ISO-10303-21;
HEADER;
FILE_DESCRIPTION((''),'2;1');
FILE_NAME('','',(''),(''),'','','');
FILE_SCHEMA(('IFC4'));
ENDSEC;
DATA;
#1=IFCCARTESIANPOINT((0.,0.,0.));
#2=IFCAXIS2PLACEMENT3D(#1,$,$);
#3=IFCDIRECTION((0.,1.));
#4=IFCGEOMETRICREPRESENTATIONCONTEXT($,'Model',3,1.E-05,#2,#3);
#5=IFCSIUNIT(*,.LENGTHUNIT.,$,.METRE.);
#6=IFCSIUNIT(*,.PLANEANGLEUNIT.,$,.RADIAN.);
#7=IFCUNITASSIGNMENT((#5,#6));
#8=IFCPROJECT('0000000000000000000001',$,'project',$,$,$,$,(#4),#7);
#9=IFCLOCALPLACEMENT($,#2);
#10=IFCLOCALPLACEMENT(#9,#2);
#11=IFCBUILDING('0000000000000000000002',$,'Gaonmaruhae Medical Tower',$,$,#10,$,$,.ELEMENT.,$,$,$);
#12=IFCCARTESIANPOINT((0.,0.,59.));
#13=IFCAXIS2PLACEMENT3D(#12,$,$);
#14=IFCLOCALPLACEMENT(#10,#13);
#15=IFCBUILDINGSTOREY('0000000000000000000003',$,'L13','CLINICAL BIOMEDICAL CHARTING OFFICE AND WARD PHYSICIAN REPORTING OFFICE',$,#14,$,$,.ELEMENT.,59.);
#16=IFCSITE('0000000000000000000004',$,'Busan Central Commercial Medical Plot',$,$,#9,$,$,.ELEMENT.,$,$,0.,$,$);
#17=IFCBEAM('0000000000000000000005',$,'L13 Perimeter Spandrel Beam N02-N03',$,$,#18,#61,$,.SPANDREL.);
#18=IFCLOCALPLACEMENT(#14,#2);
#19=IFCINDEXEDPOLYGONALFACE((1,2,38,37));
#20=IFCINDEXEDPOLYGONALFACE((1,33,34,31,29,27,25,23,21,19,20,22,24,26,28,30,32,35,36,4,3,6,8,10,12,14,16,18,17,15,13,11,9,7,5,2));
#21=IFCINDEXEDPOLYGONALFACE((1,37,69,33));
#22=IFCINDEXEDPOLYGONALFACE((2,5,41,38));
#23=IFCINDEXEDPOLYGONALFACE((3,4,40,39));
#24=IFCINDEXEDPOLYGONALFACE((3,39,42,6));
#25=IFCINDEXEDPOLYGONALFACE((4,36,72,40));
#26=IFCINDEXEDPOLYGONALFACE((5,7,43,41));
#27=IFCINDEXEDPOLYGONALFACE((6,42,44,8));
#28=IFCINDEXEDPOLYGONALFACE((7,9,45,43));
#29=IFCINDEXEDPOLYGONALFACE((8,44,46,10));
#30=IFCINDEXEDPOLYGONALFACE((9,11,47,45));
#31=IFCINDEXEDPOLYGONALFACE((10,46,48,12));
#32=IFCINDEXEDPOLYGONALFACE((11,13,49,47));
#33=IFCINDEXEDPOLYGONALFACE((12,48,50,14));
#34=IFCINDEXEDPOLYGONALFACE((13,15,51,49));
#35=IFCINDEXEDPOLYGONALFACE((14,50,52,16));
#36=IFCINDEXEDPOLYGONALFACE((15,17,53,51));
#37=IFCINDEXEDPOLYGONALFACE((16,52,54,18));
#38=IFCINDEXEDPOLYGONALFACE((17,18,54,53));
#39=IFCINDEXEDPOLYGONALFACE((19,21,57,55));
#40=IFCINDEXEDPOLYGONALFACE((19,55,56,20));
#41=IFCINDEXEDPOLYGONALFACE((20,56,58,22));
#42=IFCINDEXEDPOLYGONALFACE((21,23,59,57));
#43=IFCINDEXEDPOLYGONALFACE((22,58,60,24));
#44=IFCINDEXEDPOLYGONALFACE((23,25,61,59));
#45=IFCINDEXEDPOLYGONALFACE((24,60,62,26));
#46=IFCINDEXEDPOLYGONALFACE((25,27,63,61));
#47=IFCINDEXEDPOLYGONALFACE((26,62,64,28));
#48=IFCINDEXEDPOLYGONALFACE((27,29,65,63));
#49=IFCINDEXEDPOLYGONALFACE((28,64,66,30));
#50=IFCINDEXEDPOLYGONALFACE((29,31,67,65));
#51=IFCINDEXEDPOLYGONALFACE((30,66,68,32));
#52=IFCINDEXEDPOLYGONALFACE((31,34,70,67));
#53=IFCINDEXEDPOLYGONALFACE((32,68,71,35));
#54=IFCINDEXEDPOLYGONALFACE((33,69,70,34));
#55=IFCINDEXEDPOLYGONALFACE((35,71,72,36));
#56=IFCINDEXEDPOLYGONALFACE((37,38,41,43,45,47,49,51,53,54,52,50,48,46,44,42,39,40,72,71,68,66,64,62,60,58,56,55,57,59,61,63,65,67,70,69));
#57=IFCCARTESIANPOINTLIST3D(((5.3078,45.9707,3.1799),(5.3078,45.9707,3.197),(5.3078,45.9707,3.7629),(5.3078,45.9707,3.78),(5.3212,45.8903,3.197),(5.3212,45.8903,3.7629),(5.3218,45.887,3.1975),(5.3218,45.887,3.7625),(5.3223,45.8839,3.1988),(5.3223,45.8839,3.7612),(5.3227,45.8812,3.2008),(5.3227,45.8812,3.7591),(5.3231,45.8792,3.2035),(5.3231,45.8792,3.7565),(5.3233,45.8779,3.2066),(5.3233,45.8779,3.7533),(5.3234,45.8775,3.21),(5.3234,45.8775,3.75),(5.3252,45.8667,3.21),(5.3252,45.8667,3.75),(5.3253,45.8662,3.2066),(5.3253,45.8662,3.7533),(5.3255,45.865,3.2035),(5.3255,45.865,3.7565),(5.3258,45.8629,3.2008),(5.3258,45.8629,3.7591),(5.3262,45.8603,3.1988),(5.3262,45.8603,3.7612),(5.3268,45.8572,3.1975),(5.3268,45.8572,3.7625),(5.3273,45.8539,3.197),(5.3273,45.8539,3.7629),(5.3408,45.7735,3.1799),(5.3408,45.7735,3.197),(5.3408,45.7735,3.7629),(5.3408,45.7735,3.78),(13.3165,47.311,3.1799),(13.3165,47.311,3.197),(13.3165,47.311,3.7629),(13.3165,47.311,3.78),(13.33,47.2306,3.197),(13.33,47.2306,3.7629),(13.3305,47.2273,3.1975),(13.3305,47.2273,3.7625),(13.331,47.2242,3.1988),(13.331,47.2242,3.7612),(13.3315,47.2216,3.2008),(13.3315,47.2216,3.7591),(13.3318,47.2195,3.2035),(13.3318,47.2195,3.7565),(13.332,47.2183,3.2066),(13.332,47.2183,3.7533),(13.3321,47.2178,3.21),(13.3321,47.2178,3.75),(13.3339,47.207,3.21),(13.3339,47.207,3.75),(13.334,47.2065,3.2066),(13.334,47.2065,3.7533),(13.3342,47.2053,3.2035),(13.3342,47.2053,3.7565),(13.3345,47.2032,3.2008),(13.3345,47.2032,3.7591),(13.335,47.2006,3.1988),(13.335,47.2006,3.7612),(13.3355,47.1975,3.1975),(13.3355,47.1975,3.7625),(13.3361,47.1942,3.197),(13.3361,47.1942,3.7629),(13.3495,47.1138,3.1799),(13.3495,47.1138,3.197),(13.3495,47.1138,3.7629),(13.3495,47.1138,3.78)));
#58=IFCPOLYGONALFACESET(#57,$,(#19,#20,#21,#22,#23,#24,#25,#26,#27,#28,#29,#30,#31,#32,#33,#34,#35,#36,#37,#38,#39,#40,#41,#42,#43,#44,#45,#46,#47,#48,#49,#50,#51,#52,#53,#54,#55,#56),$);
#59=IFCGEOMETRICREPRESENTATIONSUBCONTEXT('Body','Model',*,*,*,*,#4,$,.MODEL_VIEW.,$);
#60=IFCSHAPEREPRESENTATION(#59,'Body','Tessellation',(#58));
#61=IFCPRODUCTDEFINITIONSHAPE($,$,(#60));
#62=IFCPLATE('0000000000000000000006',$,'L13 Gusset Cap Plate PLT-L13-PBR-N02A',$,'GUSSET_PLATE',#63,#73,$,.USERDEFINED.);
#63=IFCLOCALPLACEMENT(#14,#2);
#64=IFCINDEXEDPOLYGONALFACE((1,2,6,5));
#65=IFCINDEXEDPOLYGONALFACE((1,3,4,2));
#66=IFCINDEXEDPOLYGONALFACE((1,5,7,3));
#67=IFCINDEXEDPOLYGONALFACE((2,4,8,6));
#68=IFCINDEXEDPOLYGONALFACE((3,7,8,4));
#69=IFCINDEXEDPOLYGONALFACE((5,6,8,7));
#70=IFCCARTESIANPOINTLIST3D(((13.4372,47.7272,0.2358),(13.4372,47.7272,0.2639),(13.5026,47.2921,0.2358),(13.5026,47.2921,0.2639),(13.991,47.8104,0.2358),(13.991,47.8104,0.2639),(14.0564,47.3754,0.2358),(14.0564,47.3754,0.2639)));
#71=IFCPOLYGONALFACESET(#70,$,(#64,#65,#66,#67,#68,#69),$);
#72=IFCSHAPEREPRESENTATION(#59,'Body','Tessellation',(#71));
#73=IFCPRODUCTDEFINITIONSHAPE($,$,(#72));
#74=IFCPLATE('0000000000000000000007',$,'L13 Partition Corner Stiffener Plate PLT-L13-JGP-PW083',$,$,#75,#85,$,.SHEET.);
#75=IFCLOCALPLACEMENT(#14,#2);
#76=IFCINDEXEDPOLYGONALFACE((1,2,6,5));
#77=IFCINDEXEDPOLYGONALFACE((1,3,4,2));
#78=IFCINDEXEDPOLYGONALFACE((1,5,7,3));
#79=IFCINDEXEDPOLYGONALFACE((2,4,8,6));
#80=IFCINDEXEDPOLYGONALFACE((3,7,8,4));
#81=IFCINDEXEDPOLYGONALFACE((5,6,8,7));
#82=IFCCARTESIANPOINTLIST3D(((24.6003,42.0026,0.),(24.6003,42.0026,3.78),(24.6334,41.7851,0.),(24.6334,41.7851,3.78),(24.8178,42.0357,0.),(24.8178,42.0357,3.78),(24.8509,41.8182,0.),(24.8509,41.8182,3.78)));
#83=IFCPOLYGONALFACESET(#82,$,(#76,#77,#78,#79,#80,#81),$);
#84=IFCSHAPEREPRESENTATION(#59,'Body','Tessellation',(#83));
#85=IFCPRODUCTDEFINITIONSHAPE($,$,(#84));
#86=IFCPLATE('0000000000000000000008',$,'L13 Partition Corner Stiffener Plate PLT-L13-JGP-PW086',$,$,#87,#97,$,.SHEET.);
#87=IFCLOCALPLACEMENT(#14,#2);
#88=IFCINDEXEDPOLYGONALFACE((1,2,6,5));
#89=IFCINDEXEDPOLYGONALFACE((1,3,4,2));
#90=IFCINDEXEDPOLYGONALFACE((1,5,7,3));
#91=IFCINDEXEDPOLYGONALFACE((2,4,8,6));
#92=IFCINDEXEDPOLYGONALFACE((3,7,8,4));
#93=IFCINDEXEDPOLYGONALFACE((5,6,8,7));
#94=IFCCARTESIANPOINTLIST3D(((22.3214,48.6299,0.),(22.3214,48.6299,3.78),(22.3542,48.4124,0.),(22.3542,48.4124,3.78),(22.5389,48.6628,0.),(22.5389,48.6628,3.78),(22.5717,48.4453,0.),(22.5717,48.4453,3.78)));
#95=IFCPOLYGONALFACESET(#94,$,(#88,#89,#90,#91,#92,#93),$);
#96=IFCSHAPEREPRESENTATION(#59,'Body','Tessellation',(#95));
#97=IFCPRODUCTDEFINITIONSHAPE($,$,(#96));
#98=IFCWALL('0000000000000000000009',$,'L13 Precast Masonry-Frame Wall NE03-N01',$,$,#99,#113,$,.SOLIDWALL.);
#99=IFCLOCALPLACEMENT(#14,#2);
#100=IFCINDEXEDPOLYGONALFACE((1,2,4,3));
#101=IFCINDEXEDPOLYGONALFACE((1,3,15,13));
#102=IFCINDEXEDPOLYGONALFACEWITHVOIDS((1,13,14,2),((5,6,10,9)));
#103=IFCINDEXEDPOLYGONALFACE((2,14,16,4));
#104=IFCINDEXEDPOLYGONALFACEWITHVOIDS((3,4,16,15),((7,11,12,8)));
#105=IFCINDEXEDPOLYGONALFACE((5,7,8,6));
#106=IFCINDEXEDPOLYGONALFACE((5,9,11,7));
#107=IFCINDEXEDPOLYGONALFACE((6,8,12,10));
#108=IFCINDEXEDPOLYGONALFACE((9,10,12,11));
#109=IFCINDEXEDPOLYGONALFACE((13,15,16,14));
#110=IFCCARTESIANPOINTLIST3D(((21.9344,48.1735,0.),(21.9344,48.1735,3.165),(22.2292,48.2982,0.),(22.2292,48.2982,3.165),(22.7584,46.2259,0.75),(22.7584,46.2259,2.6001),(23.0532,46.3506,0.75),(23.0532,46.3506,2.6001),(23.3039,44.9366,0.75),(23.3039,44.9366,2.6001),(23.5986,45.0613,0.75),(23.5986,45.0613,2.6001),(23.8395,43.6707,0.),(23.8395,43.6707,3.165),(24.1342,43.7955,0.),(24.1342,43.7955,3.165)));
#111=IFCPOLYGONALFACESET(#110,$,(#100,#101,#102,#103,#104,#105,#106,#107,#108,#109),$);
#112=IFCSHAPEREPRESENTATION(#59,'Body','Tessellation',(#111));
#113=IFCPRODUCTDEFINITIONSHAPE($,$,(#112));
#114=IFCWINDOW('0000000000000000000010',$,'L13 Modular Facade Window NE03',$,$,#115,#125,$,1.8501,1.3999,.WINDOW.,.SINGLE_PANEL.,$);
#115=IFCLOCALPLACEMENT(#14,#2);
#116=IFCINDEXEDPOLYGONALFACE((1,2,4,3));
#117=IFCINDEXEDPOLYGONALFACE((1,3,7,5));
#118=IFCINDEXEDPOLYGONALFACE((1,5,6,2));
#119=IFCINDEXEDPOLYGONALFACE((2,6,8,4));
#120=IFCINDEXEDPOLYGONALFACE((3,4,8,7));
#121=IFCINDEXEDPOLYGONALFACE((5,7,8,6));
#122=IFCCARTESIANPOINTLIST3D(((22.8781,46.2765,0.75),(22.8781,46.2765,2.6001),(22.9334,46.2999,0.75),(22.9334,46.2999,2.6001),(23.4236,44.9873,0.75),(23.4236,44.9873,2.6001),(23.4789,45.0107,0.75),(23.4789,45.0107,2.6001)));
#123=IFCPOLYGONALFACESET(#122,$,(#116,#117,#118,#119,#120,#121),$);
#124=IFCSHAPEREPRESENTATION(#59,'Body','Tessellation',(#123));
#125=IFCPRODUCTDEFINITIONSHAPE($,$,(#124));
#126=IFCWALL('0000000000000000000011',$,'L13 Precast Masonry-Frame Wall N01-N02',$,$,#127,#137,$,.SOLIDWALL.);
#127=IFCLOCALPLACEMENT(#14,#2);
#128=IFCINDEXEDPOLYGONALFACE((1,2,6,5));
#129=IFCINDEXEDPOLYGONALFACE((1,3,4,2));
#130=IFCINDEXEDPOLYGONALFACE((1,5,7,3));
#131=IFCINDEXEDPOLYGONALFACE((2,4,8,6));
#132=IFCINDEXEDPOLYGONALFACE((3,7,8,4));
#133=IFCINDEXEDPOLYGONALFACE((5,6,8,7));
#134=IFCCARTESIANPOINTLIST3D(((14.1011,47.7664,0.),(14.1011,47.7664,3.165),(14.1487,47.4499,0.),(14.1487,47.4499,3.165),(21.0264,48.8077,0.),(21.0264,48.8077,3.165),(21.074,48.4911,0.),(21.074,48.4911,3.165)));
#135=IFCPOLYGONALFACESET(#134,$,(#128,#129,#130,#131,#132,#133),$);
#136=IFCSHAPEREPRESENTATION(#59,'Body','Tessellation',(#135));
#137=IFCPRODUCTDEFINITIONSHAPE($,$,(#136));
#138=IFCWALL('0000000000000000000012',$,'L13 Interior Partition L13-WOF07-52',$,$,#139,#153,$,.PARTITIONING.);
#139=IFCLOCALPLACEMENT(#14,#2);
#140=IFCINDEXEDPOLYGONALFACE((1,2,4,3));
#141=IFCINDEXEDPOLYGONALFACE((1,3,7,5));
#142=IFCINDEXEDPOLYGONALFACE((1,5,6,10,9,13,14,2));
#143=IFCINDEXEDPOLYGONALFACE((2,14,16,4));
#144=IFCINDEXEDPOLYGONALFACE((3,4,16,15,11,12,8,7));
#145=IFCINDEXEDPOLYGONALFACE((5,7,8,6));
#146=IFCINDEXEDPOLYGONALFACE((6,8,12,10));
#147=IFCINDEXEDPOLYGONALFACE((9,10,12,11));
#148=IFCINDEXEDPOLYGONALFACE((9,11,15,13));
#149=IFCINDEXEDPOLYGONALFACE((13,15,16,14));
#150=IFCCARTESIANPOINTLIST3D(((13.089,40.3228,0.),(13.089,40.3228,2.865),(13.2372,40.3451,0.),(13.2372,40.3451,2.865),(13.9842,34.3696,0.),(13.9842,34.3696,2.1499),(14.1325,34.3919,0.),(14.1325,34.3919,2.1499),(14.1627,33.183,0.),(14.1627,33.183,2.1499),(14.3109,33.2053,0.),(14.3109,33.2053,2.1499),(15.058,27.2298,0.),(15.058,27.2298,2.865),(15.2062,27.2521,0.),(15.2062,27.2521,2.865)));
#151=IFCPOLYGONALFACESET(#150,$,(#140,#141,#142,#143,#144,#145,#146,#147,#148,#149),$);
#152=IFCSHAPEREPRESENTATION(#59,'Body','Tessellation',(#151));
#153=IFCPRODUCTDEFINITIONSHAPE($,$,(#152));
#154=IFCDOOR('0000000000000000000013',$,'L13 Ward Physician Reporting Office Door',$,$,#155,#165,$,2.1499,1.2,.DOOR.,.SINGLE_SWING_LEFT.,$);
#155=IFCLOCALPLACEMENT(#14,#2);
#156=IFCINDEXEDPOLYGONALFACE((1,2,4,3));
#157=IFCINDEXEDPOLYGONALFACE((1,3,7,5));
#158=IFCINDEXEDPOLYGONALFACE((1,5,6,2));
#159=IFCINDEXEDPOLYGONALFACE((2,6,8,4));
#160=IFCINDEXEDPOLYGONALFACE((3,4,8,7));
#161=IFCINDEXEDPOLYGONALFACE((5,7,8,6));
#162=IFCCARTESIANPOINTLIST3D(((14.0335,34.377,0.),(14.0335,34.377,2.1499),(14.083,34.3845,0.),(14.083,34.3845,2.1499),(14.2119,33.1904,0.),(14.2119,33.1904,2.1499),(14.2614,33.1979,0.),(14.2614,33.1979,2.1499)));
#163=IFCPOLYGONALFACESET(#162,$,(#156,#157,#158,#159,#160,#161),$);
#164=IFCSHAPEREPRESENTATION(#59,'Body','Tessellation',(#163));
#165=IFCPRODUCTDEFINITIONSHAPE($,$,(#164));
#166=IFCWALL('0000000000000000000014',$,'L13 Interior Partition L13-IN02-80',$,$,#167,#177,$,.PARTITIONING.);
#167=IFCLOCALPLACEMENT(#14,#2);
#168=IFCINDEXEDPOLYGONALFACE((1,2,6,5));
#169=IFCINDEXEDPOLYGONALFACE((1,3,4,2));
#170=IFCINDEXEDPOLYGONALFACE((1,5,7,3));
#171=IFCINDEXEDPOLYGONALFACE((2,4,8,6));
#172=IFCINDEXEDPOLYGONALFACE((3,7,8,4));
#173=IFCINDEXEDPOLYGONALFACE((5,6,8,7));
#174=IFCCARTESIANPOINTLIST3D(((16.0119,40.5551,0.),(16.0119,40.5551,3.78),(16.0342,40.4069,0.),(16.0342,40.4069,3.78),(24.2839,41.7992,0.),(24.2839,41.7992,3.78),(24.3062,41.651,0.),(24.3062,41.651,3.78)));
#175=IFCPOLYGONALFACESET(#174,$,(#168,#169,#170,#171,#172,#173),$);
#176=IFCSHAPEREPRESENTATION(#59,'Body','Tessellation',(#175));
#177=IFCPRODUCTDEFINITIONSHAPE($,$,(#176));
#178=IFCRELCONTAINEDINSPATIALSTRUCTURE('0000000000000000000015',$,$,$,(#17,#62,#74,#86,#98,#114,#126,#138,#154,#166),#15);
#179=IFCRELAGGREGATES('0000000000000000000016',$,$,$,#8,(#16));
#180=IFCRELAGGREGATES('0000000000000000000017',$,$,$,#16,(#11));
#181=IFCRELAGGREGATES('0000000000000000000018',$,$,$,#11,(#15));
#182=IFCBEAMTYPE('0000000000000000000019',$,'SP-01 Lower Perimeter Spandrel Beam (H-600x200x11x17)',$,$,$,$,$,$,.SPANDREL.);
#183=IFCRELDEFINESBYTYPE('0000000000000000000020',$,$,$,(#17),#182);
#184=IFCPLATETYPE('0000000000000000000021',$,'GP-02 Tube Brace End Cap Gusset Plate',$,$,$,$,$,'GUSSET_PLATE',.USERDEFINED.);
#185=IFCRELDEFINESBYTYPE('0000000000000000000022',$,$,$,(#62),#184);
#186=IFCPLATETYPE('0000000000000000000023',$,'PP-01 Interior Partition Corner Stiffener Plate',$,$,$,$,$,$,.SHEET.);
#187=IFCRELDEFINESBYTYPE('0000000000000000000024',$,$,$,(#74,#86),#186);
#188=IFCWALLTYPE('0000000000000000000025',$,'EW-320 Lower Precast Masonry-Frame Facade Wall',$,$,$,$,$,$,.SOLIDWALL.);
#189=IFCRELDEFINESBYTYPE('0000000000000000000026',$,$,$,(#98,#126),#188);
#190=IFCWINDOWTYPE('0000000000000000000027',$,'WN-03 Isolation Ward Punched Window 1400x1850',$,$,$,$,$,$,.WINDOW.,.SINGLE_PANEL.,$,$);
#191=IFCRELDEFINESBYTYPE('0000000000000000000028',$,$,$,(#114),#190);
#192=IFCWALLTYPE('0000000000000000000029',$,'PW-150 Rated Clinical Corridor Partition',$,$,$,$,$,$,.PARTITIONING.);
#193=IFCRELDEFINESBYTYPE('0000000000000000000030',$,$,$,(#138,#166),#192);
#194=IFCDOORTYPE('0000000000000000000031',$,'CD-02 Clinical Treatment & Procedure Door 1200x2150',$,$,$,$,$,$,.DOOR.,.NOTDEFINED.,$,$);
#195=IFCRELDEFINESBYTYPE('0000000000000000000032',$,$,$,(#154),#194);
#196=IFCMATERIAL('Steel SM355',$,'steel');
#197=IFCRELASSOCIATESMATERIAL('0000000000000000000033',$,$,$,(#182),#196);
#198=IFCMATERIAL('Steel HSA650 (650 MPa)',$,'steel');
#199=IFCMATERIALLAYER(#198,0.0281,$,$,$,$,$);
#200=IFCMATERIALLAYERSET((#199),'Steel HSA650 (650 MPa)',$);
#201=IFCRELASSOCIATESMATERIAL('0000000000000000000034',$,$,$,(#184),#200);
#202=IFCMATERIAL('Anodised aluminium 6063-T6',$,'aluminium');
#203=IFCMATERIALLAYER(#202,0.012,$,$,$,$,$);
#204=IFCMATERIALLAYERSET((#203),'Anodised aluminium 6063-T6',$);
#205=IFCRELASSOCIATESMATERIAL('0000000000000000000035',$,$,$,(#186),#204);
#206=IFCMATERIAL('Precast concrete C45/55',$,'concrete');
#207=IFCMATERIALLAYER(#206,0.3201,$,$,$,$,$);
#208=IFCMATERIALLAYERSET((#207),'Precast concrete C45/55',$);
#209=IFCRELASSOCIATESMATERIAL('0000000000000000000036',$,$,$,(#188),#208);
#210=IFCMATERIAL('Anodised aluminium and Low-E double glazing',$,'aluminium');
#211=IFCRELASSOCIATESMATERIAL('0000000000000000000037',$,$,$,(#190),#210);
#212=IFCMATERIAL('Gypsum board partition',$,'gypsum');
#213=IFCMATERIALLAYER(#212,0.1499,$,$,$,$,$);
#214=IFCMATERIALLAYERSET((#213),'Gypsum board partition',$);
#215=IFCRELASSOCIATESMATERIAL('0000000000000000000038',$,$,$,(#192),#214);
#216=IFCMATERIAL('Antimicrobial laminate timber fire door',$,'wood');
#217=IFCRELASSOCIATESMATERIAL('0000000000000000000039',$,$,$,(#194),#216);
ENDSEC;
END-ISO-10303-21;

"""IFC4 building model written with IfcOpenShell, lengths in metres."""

from ifc_helpers import new_model, si_unit, direction, frame, frame_2d, origin, origin_2d, place, context, subcontext, project, spatial, rectangle, i_section, extrude, material, layer, layer_set, material_profile, profile_set, type_object, element, fill, save


model = new_model("IFC4")

# Units and contexts
model_context = context("Model", 3, precision=1e-05, world=origin(), true_north=direction((0.0, 1.0)))
body_context = subcontext(model_context, "Body", "Model", "MODEL_VIEW")
ifc_project = project(units=[si_unit("LENGTHUNIT", "METRE"), si_unit("PLANEANGLEUNIT", "RADIAN")], contexts=[model_context])

# Site, building, storey
site_placement = place(None, origin())
site = spatial("IfcSite", under=ifc_project, at=site_placement, Name="Busan Central Commercial Medical Plot", CompositionType="ELEMENT", RefElevation=0.0)
building_placement = place(site_placement, origin())
building = spatial("IfcBuilding", under=site, at=building_placement, Name="Gaonmaruhae Medical Tower", CompositionType="ELEMENT")
storey_placement = place(building_placement, frame((0.0, 0.0, 59.0)))
storey = spatial("IfcBuildingStorey", under=building, at=storey_placement, Name="L13", Description="CLINICAL BIOMEDICAL CHARTING OFFICE AND WARD PHYSICIAN REPORTING OFFICE", CompositionType="ELEMENT", Elevation=59.0)

# Beam
ifc_material_1 = material(Name="Steel SM355", Category="steel")
ifc_material_profile_1 = material_profile(ifc_material_1, i_section(OverallWidth=0.2, OverallDepth=0.6001, WebThickness=0.011, FlangeThickness=0.0171, FilletRadius=0.0129, at=origin_2d()), Name="H-600x200x11x17")
ifc_profile_set_1 = profile_set([ifc_material_profile_1], Name="Steel SM355")
beam_type = type_object("IfcBeamType", Name="SP-01 Lower Perimeter Spandrel Beam (H-600x200x11x17)", PredefinedType="SPANDREL", material=ifc_profile_set_1)
beam_1_placement = place(storey_placement, frame((13.333, 47.2124, 3.48), z_axis=(-0.986283, -0.165062, 0.0), x_axis=(0.165062, -0.986283, 0.0)))
element("IfcBeam", 1, at=beam_1_placement, inside=storey, type_object=beam_type, Name="L13 Perimeter Spandrel Beam N02-N03", PredefinedType="SPANDREL", context=body_context, shape_type="SweptSolid", body=[
    extrude(i_section(OverallWidth=0.2, OverallDepth=0.6001, WebThickness=0.011, FlangeThickness=0.0171, FilletRadius=0.0129, at=origin_2d()), origin(), (0.0, 0.0, 1.0), 8.1201),
])

# Plates
ifc_material_2 = material(Name="Steel HSA650 (650 MPa)", Category="steel")
ifc_layer_1 = layer(ifc_material_2, 0.0281)
ifc_layer_set_1 = layer_set([ifc_layer_1], Name="Steel HSA650 (650 MPa)")
plate_type_1 = type_object("IfcPlateType", Name="GP-02 Tube Brace End Cap Gusset Plate", ElementType="GUSSET_PLATE", PredefinedType="USERDEFINED", material=ifc_layer_set_1)
plate_placement = place(storey_placement, frame((13.7468, 47.5513, 0.2358), z_axis=(0.0, 0.0, 1.0), x_axis=(0.988886, 0.148672, 0.0)))
element("IfcPlate", 2, at=plate_placement, inside=storey, type_object=plate_type_1, Name="L13 Gusset Cap Plate PLT-L13-PBR-N02A", ObjectType="GUSSET_PLATE", PredefinedType="USERDEFINED", context=body_context, shape_type="SweptSolid", body=[
    extrude(rectangle(XDim=0.5601, YDim=0.4399, at=origin_2d()), origin(), (0.0, 0.0, 1.0), 0.0281),
])
ifc_material_3 = material(Name="Anodised aluminium 6063-T6", Category="aluminium")
ifc_layer_2 = layer(ifc_material_3, 0.012)
ifc_layer_set_2 = layer_set([ifc_layer_2], Name="Anodised aluminium 6063-T6")
plate_type_2 = type_object("IfcPlateType", Name="PP-01 Interior Partition Corner Stiffener Plate", PredefinedType="SHEET", material=ifc_layer_set_2)
for number, where, z_axis, x_axis, name in (
    (3, (24.7256, 41.9104, 0.0), (0.0, 0.0, 1.0), (-0.988591, -0.150622, 0.0), "L13 Partition Corner Stiffener Plate PLT-L13-JGP-PW083"),
    (4, (22.4465, 48.5376, 0.0), (0.0, 0.0, 1.0), (0.149346, -0.988785, 0.0), "L13 Partition Corner Stiffener Plate PLT-L13-JGP-PW086"),
):
    element("IfcPlate", number, at=place(storey_placement, frame(where, z_axis=z_axis, x_axis=x_axis)), inside=storey, type_object=plate_type_2, Name=name, PredefinedType="SHEET", context=body_context, shape_type="SweptSolid", body=[
        extrude(rectangle(XDim=0.22, YDim=0.22, at=origin_2d()), origin(), (0.0, 0.0, 1.0), 3.78),
    ])

# Wall, opening, window
ifc_material_4 = material(Name="Precast concrete C45/55", Category="concrete")
ifc_layer_3 = layer(ifc_material_4, 0.3201)
ifc_layer_set_3 = layer_set([ifc_layer_3], Name="Precast concrete C45/55")
wall_type_1 = type_object("IfcWallType", Name="EW-320 Lower Precast Masonry-Frame Facade Wall", PredefinedType="SOLIDWALL", material=ifc_layer_set_3)
wall_1_placement = place(storey_placement, frame((22.0818, 48.2358, 0.0), z_axis=(0.0, 0.0, 1.0), x_axis=(0.389648, -0.920964, 0.0)))
wall_1 = element("IfcWall", 5, at=wall_1_placement, inside=storey, type_object=wall_type_1, Name="L13 Precast Masonry-Frame Wall NE03-N01", PredefinedType="SOLIDWALL", context=body_context, shape_type="SweptSolid", body=[
    extrude(rectangle(XDim=4.8892, YDim=0.3201, at=frame_2d((2.4446, 0.0))), origin(), (0.0, 0.0, 1.0), 3.165),
])
opening_1_placement = place(wall_1_placement, frame((2.1147, 0.0, 0.75)))
opening_1 = element("IfcOpeningElement", 6, at=opening_1_placement, cuts=wall_1, PredefinedType="OPENING", context=body_context, shape_type="SweptSolid", body=[
    extrude(rectangle(XDim=1.3999, YDim=1.8501, at=frame_2d((0.7, 0.925))), frame((0.0, 0.1699, 0.0), z_axis=(0.0, -1.0, 0.0), x_axis=(1.0, 0.0, 0.0)), (0.0, 0.0, 1.0), 0.3401),
])
ifc_material_5 = material(Name="Anodised aluminium and Low-E double glazing", Category="aluminium")
window_type = type_object("IfcWindowType", Name="WN-03 Isolation Ward Punched Window 1400x1850", PartitioningType="SINGLE_PANEL", PredefinedType="WINDOW", material=ifc_material_5)
window_placement = place(opening_1_placement, origin())
window = element("IfcWindow", 7, at=window_placement, inside=storey, type_object=window_type, Name="L13 Modular Facade Window NE03", OverallHeight=1.8501, OverallWidth=1.3999, PartitioningType="SINGLE_PANEL", PredefinedType="WINDOW", context=body_context, shape_type="SweptSolid", body=[
    extrude(rectangle(XDim=1.3999, YDim=1.8501, at=frame_2d((0.7, 0.925))), frame((0.0, 0.03, 0.0), z_axis=(0.0, -1.0, 0.0), x_axis=(1.0, 0.0, 0.0)), (0.0, 0.0, 1.0), 0.0601),
])
fill(opening_1, window)

# Wall
wall_2_placement = place(storey_placement, frame((14.125, 47.6082, 0.0), z_axis=(0.0, 0.0, 1.0), x_axis=(0.988885, 0.148685, 0.0)))
element("IfcWall", 8, at=wall_2_placement, inside=storey, type_object=wall_type_1, Name="L13 Precast Masonry-Frame Wall N01-N02", PredefinedType="SOLIDWALL", context=body_context, shape_type="SweptSolid", body=[
    extrude(rectangle(XDim=7.0032, YDim=0.3201, at=frame_2d((3.5015, 0.0))), origin(), (0.0, 0.0, 1.0), 3.165),
])

# Wall, opening, door
ifc_material_6 = material(Name="Gypsum board partition", Category="gypsum")
ifc_layer_4 = layer(ifc_material_6, 0.1499)
ifc_layer_set_4 = layer_set([ifc_layer_4], Name="Gypsum board partition")
wall_type_2 = type_object("IfcWallType", Name="PW-150 Rated Clinical Corridor Partition", PredefinedType="PARTITIONING", material=ifc_layer_set_4)
wall_3_placement = place(storey_placement, frame((13.1631, 40.334, 0.0), z_axis=(0.0, 0.0, 1.0), x_axis=(0.148713, -0.98888, 0.0)))
wall_3 = element("IfcWall", 9, at=wall_3_placement, inside=storey, type_object=wall_type_2, Name="L13 Interior Partition L13-WOF07-52", PredefinedType="PARTITIONING", context=body_context, shape_type="SweptSolid", body=[
    extrude(rectangle(XDim=13.2402, YDim=0.1499, at=frame_2d((6.6201, 0.0))), origin(), (0.0, 0.0, 1.0), 2.865),
])
opening_2_placement = place(wall_3_placement, frame((6.02, 0.0, 0.0)))
opening_2 = element("IfcOpeningElement", 10, at=opening_2_placement, cuts=wall_3, PredefinedType="OPENING", context=body_context, shape_type="SweptSolid", body=[
    extrude(rectangle(XDim=1.2, YDim=2.1499, at=frame_2d((0.6001, 1.075))), frame((0.0, 0.085, 0.0), z_axis=(0.0, -1.0, 0.0), x_axis=(1.0, 0.0, 0.0)), (0.0, 0.0, 1.0), 0.1699),
])
ifc_material_7 = material(Name="Antimicrobial laminate timber fire door", Category="wood")
door_type_1 = type_object("IfcDoorType", Name="CD-02 Clinical Treatment & Procedure Door 1200x2150", OperationType="NOTDEFINED", PredefinedType="DOOR", material=ifc_material_7)
door_1_placement = place(opening_2_placement, origin())
door_1 = element("IfcDoor", 11, at=door_1_placement, inside=storey, type_object=door_type_1, Name="L13 Ward Physician Reporting Office Door", OperationType="SINGLE_SWING_LEFT", OverallHeight=2.1499, OverallWidth=1.2, PredefinedType="DOOR", context=body_context, shape_type="SweptSolid", body=[
    extrude(rectangle(XDim=1.2, YDim=2.1499, at=frame_2d((0.6001, 1.075))), frame((0.0, 0.0249, 0.0), z_axis=(0.0, -1.0, 0.0), x_axis=(1.0, 0.0, 0.0)), (0.0, 0.0, 1.0), 0.05),
])
fill(opening_2, door_1)

# Wall
wall_4_placement = place(storey_placement, frame((16.0229, 40.481, 0.0), z_axis=(0.0, 0.0, 1.0), x_axis=(0.988878, 0.148731, 0.0)))
element("IfcWall", 12, at=wall_4_placement, inside=storey, type_object=wall_type_2, Name="L13 Interior Partition L13-IN02-80", PredefinedType="PARTITIONING", context=body_context, shape_type="SweptSolid", body=[
    extrude(rectangle(XDim=8.365, YDim=0.1499, at=frame_2d((4.1826, 0.0))), origin(), (0.0, 0.0, 1.0), 3.78),
])

save(model, "model.ifc")
